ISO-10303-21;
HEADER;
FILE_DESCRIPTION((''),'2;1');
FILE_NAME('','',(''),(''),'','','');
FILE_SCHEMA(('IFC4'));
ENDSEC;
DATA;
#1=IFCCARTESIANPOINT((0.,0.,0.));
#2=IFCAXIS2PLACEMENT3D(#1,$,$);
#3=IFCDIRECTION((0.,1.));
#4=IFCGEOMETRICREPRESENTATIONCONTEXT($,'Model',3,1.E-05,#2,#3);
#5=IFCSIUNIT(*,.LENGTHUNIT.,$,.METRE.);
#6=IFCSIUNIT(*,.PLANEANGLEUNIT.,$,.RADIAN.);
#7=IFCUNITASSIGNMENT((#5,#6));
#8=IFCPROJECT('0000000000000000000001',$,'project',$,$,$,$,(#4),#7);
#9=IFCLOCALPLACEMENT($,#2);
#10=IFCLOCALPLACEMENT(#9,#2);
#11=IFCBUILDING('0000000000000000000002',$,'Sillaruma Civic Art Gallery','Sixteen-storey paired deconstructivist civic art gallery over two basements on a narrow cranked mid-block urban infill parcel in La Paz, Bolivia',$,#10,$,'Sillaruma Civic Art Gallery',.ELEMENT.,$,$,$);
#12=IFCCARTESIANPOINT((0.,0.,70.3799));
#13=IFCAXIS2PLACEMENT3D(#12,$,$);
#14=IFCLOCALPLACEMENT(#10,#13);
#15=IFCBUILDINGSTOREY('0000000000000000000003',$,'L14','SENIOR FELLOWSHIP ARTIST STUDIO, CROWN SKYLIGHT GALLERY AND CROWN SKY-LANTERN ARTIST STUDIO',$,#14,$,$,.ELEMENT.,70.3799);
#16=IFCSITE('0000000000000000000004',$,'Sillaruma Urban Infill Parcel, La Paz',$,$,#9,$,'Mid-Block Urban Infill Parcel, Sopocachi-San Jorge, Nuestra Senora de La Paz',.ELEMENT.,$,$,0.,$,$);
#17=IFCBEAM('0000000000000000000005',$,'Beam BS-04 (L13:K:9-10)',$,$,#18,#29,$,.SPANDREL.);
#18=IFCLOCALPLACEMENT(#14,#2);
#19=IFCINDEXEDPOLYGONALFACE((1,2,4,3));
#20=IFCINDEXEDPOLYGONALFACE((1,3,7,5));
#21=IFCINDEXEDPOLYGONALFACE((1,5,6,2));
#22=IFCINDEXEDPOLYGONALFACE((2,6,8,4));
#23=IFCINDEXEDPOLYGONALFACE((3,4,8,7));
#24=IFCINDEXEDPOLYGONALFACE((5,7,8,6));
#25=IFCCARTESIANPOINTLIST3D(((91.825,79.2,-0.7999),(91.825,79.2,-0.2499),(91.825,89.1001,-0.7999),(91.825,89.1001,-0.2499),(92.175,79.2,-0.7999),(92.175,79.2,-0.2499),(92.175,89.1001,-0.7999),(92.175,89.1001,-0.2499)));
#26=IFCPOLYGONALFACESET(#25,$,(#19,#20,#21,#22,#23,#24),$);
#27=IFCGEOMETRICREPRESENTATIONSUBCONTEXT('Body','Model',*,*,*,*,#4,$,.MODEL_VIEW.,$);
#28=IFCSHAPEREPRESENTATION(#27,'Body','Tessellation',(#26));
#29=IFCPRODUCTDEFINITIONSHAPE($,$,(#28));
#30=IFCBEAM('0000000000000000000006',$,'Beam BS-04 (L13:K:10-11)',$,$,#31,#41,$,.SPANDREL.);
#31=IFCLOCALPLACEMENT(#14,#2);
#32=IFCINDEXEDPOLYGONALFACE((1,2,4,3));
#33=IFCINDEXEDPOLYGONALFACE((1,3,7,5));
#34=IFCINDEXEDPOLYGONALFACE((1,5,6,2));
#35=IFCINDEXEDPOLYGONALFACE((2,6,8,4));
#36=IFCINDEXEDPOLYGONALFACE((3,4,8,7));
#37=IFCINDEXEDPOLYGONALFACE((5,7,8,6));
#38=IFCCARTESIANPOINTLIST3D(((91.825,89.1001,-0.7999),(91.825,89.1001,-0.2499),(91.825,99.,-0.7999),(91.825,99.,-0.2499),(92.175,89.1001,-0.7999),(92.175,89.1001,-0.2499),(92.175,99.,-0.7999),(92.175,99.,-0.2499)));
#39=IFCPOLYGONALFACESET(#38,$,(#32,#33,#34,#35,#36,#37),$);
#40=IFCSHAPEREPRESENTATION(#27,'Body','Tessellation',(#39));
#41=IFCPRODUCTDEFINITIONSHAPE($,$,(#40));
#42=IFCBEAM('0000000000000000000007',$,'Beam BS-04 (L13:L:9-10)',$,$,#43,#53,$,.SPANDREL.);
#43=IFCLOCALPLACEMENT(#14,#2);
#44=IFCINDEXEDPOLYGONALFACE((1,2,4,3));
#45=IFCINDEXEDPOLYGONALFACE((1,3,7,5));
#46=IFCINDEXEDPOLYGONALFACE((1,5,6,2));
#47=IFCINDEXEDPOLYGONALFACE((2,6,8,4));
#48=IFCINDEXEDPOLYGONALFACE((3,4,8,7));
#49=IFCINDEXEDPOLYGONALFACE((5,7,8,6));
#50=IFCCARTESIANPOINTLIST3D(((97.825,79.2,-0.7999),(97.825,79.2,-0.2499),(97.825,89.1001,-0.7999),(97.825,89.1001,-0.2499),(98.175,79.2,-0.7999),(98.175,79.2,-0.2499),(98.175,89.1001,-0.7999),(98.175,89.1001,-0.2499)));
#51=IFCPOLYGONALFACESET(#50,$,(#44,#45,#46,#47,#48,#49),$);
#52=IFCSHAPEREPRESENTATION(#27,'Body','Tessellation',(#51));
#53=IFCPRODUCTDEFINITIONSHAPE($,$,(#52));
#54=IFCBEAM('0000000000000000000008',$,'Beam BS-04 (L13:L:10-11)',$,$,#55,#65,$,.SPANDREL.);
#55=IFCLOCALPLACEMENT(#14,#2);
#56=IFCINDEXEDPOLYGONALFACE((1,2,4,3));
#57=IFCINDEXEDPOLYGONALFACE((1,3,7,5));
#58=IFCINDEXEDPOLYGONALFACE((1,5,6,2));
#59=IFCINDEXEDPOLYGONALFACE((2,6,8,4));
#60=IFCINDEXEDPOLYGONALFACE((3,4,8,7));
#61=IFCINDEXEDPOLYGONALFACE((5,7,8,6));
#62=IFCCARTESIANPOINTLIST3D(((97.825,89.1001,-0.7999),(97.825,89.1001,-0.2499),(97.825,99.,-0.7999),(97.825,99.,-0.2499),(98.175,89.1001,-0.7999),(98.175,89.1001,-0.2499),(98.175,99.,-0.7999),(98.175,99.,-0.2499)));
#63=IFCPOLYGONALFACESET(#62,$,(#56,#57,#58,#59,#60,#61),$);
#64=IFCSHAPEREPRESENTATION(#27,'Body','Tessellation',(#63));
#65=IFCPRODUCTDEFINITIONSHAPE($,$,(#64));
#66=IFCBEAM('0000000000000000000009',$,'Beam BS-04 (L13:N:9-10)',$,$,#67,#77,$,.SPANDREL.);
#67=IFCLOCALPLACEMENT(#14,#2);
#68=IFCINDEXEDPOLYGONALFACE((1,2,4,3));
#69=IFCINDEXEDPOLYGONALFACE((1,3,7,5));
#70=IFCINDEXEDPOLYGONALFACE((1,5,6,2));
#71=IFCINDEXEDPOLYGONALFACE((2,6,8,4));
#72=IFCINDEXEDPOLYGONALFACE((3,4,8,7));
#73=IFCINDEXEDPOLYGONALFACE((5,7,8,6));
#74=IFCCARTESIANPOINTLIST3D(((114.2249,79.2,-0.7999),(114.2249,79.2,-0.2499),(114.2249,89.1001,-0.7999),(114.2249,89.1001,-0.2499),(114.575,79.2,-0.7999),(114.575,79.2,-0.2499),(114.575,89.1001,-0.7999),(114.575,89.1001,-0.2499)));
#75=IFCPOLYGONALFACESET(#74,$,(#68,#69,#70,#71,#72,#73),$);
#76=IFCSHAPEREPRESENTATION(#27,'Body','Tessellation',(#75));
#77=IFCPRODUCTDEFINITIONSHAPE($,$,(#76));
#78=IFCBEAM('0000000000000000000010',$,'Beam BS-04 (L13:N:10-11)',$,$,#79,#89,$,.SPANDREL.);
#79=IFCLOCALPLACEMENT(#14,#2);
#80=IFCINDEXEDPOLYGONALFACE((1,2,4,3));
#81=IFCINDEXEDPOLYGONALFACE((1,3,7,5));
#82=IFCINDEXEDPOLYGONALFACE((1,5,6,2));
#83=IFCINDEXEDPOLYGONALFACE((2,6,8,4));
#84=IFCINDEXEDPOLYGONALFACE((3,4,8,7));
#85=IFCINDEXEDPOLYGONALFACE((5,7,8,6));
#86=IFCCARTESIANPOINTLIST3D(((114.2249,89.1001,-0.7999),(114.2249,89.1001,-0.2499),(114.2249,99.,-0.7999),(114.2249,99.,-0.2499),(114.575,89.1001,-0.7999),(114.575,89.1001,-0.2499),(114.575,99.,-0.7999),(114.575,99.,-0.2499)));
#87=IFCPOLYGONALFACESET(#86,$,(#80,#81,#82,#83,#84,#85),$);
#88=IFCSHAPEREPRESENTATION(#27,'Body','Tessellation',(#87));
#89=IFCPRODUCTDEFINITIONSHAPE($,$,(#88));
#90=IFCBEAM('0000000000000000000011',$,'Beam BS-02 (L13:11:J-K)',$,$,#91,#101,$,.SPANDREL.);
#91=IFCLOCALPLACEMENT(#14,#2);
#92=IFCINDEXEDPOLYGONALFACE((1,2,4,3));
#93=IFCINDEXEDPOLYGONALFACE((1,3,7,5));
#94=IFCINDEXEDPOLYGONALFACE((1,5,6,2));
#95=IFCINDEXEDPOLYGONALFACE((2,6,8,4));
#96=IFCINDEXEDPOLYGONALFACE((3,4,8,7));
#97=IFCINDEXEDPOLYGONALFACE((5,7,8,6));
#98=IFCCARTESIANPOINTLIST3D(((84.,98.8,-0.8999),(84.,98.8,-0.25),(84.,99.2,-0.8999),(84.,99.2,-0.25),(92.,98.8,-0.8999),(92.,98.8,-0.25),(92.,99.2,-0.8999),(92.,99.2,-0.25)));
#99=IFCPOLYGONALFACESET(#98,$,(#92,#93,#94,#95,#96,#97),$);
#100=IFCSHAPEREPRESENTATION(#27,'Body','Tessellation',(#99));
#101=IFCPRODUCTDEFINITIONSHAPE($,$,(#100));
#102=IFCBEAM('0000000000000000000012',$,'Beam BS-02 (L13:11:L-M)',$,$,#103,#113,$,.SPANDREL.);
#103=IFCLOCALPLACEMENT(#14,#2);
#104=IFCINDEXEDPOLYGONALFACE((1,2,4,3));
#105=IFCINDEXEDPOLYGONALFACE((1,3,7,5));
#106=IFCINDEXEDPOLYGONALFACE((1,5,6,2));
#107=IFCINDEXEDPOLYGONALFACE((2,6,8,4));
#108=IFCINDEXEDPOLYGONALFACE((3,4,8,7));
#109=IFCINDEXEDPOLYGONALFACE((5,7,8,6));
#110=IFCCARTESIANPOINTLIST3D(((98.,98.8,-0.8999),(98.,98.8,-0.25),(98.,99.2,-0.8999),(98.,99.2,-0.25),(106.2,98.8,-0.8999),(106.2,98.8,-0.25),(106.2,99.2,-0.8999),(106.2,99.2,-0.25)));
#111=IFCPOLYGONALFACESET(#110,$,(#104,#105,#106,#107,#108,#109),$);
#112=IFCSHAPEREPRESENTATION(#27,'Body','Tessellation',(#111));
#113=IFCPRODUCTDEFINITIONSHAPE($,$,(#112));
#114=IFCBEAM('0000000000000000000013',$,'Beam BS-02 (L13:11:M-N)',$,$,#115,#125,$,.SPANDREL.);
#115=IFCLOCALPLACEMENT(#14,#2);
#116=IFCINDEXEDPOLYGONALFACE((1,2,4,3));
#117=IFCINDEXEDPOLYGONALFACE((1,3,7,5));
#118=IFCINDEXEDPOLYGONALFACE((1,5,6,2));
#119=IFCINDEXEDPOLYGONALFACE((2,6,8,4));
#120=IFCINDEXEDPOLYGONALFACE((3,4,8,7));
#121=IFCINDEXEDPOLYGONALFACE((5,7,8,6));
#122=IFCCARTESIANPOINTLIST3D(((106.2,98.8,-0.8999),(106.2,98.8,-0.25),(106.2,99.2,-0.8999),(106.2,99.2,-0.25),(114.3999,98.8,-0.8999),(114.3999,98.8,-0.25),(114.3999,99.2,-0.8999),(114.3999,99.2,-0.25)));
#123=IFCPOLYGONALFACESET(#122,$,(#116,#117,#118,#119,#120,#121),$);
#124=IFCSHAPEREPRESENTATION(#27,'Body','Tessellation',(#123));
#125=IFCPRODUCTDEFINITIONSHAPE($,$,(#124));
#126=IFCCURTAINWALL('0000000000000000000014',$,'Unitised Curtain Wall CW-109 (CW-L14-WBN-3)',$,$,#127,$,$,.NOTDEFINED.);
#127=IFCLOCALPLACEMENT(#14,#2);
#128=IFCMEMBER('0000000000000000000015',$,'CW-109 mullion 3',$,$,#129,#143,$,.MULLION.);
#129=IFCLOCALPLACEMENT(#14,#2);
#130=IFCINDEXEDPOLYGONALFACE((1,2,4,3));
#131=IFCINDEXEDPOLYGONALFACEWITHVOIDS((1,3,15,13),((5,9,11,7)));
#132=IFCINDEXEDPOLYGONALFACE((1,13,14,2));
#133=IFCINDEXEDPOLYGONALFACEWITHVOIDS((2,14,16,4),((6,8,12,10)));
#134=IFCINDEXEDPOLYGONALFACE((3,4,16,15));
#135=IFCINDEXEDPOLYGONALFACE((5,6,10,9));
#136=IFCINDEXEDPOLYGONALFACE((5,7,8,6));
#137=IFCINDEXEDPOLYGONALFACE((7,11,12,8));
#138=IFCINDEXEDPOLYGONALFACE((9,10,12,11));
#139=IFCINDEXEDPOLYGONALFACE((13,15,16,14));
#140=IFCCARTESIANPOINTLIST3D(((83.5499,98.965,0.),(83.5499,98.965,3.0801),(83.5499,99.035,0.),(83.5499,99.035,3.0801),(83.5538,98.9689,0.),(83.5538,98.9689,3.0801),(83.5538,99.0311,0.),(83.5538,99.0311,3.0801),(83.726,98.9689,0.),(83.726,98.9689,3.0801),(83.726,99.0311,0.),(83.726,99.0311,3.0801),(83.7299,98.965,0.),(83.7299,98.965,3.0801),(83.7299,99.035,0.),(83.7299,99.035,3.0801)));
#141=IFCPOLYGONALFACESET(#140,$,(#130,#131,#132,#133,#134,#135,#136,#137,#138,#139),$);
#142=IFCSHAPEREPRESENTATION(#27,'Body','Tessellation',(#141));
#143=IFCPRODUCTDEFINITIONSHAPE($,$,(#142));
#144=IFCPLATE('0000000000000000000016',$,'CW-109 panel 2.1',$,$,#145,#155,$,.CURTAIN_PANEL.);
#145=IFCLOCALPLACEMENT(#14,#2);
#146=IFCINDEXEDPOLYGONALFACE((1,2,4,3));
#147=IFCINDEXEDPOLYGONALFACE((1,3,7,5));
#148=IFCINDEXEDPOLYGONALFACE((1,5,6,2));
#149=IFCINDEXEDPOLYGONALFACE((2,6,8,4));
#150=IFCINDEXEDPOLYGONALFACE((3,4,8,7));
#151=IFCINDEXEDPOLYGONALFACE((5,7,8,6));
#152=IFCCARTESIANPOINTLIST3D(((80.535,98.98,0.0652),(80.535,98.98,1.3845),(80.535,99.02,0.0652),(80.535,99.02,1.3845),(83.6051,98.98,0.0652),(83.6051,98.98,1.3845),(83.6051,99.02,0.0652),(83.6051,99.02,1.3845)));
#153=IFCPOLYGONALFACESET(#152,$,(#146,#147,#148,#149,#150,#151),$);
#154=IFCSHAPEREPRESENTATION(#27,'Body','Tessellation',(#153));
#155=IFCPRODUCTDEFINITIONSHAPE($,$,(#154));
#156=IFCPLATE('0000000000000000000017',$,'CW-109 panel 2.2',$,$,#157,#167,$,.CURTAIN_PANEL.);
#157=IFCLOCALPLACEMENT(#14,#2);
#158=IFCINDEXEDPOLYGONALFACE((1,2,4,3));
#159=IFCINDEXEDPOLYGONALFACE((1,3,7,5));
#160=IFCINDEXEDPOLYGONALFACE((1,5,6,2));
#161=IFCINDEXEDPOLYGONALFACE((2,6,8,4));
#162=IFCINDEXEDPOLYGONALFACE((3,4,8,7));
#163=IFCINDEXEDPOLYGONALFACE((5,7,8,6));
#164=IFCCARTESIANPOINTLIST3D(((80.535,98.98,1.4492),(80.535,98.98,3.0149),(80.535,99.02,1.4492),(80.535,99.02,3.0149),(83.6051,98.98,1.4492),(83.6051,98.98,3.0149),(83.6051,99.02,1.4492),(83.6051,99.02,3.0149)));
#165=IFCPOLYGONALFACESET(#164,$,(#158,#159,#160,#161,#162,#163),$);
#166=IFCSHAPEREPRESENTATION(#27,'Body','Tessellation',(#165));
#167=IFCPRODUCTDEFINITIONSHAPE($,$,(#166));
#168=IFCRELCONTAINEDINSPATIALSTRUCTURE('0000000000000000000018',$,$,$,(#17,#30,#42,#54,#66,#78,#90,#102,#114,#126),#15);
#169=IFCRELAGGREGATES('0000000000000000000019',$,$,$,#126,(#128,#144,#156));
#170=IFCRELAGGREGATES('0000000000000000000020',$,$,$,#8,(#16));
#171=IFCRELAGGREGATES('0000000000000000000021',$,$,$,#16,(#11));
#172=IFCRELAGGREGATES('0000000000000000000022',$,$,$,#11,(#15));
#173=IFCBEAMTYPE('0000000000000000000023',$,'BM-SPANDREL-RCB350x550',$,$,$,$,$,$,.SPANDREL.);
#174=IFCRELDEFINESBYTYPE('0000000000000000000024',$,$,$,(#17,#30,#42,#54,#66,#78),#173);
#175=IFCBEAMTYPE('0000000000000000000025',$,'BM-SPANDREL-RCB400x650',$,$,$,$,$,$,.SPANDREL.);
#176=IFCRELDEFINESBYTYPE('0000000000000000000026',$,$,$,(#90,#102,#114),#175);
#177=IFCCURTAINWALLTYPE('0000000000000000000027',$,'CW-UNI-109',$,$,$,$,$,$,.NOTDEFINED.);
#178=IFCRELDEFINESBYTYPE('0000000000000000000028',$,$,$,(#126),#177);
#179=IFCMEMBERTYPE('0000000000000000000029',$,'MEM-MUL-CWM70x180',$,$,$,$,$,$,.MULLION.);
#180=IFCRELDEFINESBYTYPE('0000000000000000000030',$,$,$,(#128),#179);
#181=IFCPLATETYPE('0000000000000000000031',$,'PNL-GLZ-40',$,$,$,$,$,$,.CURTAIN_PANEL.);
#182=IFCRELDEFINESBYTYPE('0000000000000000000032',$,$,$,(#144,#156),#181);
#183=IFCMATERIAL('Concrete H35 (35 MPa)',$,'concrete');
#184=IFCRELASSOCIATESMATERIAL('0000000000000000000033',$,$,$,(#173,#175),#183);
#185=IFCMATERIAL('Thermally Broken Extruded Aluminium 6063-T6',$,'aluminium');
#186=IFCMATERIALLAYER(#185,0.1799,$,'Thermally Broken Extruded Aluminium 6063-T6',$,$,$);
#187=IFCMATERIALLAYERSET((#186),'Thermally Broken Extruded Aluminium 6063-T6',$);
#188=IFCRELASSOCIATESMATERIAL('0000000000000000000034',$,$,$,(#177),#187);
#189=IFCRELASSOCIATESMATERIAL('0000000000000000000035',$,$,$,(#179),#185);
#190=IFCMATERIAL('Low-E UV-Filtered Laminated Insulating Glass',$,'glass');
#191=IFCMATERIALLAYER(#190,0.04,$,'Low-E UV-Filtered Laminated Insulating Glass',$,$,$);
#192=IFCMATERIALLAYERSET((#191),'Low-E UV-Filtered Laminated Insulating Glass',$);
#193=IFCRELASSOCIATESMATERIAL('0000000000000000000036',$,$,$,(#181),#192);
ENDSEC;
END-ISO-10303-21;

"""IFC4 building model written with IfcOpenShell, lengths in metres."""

from ifc_helpers import new_model, si_unit, direction, frame, origin, origin_2d, place, context, subcontext, project, spatial, rectangle, hollow_rectangle, extrude, material, layer, layer_set, material_profile, profile_set, type_object, element, aggregate, save


model = new_model("IFC4")

# Units and contexts
model_context = context("Model", 3, precision=1e-05, world=origin(), true_north=direction((0.0, 1.0)))
body_context = subcontext(model_context, "Body", "Model", "MODEL_VIEW")
ifc_project = project(units=[si_unit("LENGTHUNIT", "METRE"), si_unit("PLANEANGLEUNIT", "RADIAN")], contexts=[model_context])

# Site, building, storey
site_placement = place(None, origin())
site = spatial("IfcSite", under=ifc_project, at=site_placement, Name="Sillaruma Urban Infill Parcel, La Paz", LongName="Mid-Block Urban Infill Parcel, Sopocachi-San Jorge, Nuestra Senora de La Paz", CompositionType="ELEMENT", RefElevation=0.0)
building_placement = place(site_placement, origin())
building = spatial("IfcBuilding", under=site, at=building_placement, Name="Sillaruma Civic Art Gallery", Description="Sixteen-storey paired deconstructivist civic art gallery over two basements on a narrow cranked mid-block urban infill parcel in La Paz, Bolivia", LongName="Sillaruma Civic Art Gallery", CompositionType="ELEMENT")
storey_placement = place(building_placement, frame((0.0, 0.0, 70.3799)))
storey = spatial("IfcBuildingStorey", under=building, at=storey_placement, Name="L14", Description="SENIOR FELLOWSHIP ARTIST STUDIO, CROWN SKYLIGHT GALLERY AND CROWN SKY-LANTERN ARTIST STUDIO", CompositionType="ELEMENT", Elevation=70.3799)

# Beams
ifc_material_1 = material(Name="Concrete H35 (35 MPa)", Category="concrete")
ifc_material_profile_1 = material_profile(ifc_material_1, rectangle(XDim=0.3501, YDim=0.55, at=origin_2d()), Name="RCB350x550")
ifc_profile_set_1 = profile_set([ifc_material_profile_1], Name="Concrete H35 (35 MPa)")
beam_type_1 = type_object("IfcBeamType", Name="BM-SPANDREL-RCB350x550", PredefinedType="SPANDREL", material=ifc_profile_set_1)
beam_1_placement = place(storey_placement, frame((92.0, 79.2, -0.5249), z_axis=(0.0, 1.0, 0.0), x_axis=(-1.0, 0.0, 0.0)))
element("IfcBeam", 1, at=beam_1_placement, inside=storey, type_object=beam_type_1, Name="Beam BS-04 (L13:K:9-10)", PredefinedType="SPANDREL", context=body_context, shape_type="SweptSolid", body=[
    extrude(rectangle(XDim=0.3501, YDim=0.55, at=origin_2d()), origin(), (0.0, 0.0, 1.0), 9.9001),
])
beam_2_placement = place(storey_placement, frame((92.0, 89.1001, -0.5249), z_axis=(0.0, 1.0, 0.0), x_axis=(-1.0, 0.0, 0.0)))
element("IfcBeam", 2, at=beam_2_placement, inside=storey, type_object=beam_type_1, Name="Beam BS-04 (L13:K:10-11)", PredefinedType="SPANDREL", context=body_context, shape_type="SweptSolid", body=[
    extrude(rectangle(XDim=0.3501, YDim=0.55, at=origin_2d()), origin(), (0.0, 0.0, 1.0), 9.8999),
])
beam_3_placement = place(storey_placement, frame((98.0, 79.2, -0.5249), z_axis=(0.0, 1.0, 0.0), x_axis=(-1.0, 0.0, 0.0)))
element("IfcBeam", 3, at=beam_3_placement, inside=storey, type_object=beam_type_1, Name="Beam BS-04 (L13:L:9-10)", PredefinedType="SPANDREL", context=body_context, shape_type="SweptSolid", body=[
    extrude(rectangle(XDim=0.3501, YDim=0.55, at=origin_2d()), origin(), (0.0, 0.0, 1.0), 9.9001),
])
beam_4_placement = place(storey_placement, frame((98.0, 89.1001, -0.5249), z_axis=(0.0, 1.0, 0.0), x_axis=(-1.0, 0.0, 0.0)))
element("IfcBeam", 4, at=beam_4_placement, inside=storey, type_object=beam_type_1, Name="Beam BS-04 (L13:L:10-11)", PredefinedType="SPANDREL", context=body_context, shape_type="SweptSolid", body=[
    extrude(rectangle(XDim=0.3501, YDim=0.55, at=origin_2d()), origin(), (0.0, 0.0, 1.0), 9.8999),
])
beam_5_placement = place(storey_placement, frame((114.3999, 79.2, -0.5249), z_axis=(0.0, 1.0, 0.0), x_axis=(-1.0, 0.0, 0.0)))
element("IfcBeam", 5, at=beam_5_placement, inside=storey, type_object=beam_type_1, Name="Beam BS-04 (L13:N:9-10)", PredefinedType="SPANDREL", context=body_context, shape_type="SweptSolid", body=[
    extrude(rectangle(XDim=0.3501, YDim=0.55, at=origin_2d()), origin(), (0.0, 0.0, 1.0), 9.9001),
])
beam_6_placement = place(storey_placement, frame((114.3999, 89.1001, -0.5249), z_axis=(0.0, 1.0, 0.0), x_axis=(-1.0, 0.0, 0.0)))
element("IfcBeam", 6, at=beam_6_placement, inside=storey, type_object=beam_type_1, Name="Beam BS-04 (L13:N:10-11)", PredefinedType="SPANDREL", context=body_context, shape_type="SweptSolid", body=[
    extrude(rectangle(XDim=0.3501, YDim=0.55, at=origin_2d()), origin(), (0.0, 0.0, 1.0), 9.8999),
])
ifc_material_profile_2 = material_profile(ifc_material_1, rectangle(XDim=0.3999, YDim=0.6499, at=origin_2d()), Name="RCB400x650")
ifc_profile_set_2 = profile_set([ifc_material_profile_2], Name="Concrete H35 (35 MPa)")
beam_type_2 = type_object("IfcBeamType", Name="BM-SPANDREL-RCB400x650", PredefinedType="SPANDREL", material=ifc_profile_set_2)
beam_7_placement = place(storey_placement, frame((84.0, 99.0, -0.575), z_axis=(1.0, 0.0, 0.0), x_axis=(0.0, 1.0, 0.0)))
element("IfcBeam", 7, at=beam_7_placement, inside=storey, type_object=beam_type_2, Name="Beam BS-02 (L13:11:J-K)", PredefinedType="SPANDREL", context=body_context, shape_type="SweptSolid", body=[
    extrude(rectangle(XDim=0.3999, YDim=0.6499, at=origin_2d()), origin(), (0.0, 0.0, 1.0), 8.0),
])
for number, where, z_axis, x_axis, name in (
    (8, (98.0, 99.0, -0.575), (1.0, 0.0, 0.0), (0.0, 1.0, 0.0), "Beam BS-02 (L13:11:L-M)"),
    (9, (106.2, 99.0, -0.575), (1.0, 0.0, 0.0), (0.0, 1.0, 0.0), "Beam BS-02 (L13:11:M-N)"),
):
    element("IfcBeam", number, at=place(storey_placement, frame(where, z_axis=z_axis, x_axis=x_axis)), inside=storey, type_object=beam_type_2, Name=name, PredefinedType="SPANDREL", context=body_context, shape_type="SweptSolid", body=[
        extrude(rectangle(XDim=0.3999, YDim=0.6499, at=origin_2d()), origin(), (0.0, 0.0, 1.0), 8.2),
    ])

# Curtain wall, member, plates
ifc_material_2 = material(Name="Thermally Broken Extruded Aluminium 6063-T6", Category="aluminium")
ifc_layer_1 = layer(ifc_material_2, 0.1799, Name="Thermally Broken Extruded Aluminium 6063-T6")
ifc_layer_set_1 = layer_set([ifc_layer_1], Name="Thermally Broken Extruded Aluminium 6063-T6")
curtain_wall_type = type_object("IfcCurtainWallType", Name="CW-UNI-109", PredefinedType="NOTDEFINED", material=ifc_layer_set_1)
curtain_wall_placement = place(storey_placement, origin())
curtain_wall = element("IfcCurtainWall", 10, at=curtain_wall_placement, inside=storey, type_object=curtain_wall_type, Name="Unitised Curtain Wall CW-109 (CW-L14-WBN-3)", PredefinedType="NOTDEFINED")
ifc_material_profile_3 = material_profile(ifc_material_2, hollow_rectangle(XDim=0.0701, YDim=0.1799, WallThickness=0.0039, at=origin_2d()), Name="CWM70x180")
ifc_profile_set_3 = profile_set([ifc_material_profile_3], Name="Thermally Broken Extruded Aluminium 6063-T6")
member_type = type_object("IfcMemberType", Name="MEM-MUL-CWM70x180", PredefinedType="MULLION", material=ifc_profile_set_3)
member_placement = place(storey_placement, frame((83.6399, 99.0, 0.0), z_axis=(0.0, 0.0, 1.0), x_axis=(0.0, 1.0, 0.0)))
member = element("IfcMember", 11, at=member_placement, type_object=member_type, Name="CW-109 mullion 3", PredefinedType="MULLION", context=body_context, shape_type="SweptSolid", body=[
    extrude(hollow_rectangle(XDim=0.0701, YDim=0.1799, WallThickness=0.0039, at=origin_2d()), origin(), (0.0, 0.0, 1.0), 3.0801),
])
ifc_material_3 = material(Name="Low-E UV-Filtered Laminated Insulating Glass", Category="glass")
ifc_layer_2 = layer(ifc_material_3, 0.04, Name="Low-E UV-Filtered Laminated Insulating Glass")
ifc_layer_set_2 = layer_set([ifc_layer_2], Name="Low-E UV-Filtered Laminated Insulating Glass")
plate_type = type_object("IfcPlateType", Name="PNL-GLZ-40", PredefinedType="CURTAIN_PANEL", material=ifc_layer_set_2)
plate_1_placement = place(storey_placement, frame((82.0701, 99.0, 0.0652), z_axis=(0.0, 0.0, 1.0), x_axis=(1.0, 0.0, 0.0)))
plate_1 = element("IfcPlate", 12, at=plate_1_placement, type_object=plate_type, Name="CW-109 panel 2.1", PredefinedType="CURTAIN_PANEL", context=body_context, shape_type="SweptSolid", body=[
    extrude(rectangle(XDim=3.0701, YDim=0.04, at=origin_2d()), origin(), (0.0, 0.0, 1.0), 1.3193),
])
plate_2_placement = place(storey_placement, frame((82.0701, 99.0, 1.4492), z_axis=(0.0, 0.0, 1.0), x_axis=(1.0, 0.0, 0.0)))
plate_2 = element("IfcPlate", 13, at=plate_2_placement, type_object=plate_type, Name="CW-109 panel 2.2", PredefinedType="CURTAIN_PANEL", context=body_context, shape_type="SweptSolid", body=[
    extrude(rectangle(XDim=3.0701, YDim=0.04, at=origin_2d()), origin(), (0.0, 0.0, 1.0), 1.5657),
])
aggregate(curtain_wall, [member, plate_1, plate_2])

save(model, "model.ifc")
